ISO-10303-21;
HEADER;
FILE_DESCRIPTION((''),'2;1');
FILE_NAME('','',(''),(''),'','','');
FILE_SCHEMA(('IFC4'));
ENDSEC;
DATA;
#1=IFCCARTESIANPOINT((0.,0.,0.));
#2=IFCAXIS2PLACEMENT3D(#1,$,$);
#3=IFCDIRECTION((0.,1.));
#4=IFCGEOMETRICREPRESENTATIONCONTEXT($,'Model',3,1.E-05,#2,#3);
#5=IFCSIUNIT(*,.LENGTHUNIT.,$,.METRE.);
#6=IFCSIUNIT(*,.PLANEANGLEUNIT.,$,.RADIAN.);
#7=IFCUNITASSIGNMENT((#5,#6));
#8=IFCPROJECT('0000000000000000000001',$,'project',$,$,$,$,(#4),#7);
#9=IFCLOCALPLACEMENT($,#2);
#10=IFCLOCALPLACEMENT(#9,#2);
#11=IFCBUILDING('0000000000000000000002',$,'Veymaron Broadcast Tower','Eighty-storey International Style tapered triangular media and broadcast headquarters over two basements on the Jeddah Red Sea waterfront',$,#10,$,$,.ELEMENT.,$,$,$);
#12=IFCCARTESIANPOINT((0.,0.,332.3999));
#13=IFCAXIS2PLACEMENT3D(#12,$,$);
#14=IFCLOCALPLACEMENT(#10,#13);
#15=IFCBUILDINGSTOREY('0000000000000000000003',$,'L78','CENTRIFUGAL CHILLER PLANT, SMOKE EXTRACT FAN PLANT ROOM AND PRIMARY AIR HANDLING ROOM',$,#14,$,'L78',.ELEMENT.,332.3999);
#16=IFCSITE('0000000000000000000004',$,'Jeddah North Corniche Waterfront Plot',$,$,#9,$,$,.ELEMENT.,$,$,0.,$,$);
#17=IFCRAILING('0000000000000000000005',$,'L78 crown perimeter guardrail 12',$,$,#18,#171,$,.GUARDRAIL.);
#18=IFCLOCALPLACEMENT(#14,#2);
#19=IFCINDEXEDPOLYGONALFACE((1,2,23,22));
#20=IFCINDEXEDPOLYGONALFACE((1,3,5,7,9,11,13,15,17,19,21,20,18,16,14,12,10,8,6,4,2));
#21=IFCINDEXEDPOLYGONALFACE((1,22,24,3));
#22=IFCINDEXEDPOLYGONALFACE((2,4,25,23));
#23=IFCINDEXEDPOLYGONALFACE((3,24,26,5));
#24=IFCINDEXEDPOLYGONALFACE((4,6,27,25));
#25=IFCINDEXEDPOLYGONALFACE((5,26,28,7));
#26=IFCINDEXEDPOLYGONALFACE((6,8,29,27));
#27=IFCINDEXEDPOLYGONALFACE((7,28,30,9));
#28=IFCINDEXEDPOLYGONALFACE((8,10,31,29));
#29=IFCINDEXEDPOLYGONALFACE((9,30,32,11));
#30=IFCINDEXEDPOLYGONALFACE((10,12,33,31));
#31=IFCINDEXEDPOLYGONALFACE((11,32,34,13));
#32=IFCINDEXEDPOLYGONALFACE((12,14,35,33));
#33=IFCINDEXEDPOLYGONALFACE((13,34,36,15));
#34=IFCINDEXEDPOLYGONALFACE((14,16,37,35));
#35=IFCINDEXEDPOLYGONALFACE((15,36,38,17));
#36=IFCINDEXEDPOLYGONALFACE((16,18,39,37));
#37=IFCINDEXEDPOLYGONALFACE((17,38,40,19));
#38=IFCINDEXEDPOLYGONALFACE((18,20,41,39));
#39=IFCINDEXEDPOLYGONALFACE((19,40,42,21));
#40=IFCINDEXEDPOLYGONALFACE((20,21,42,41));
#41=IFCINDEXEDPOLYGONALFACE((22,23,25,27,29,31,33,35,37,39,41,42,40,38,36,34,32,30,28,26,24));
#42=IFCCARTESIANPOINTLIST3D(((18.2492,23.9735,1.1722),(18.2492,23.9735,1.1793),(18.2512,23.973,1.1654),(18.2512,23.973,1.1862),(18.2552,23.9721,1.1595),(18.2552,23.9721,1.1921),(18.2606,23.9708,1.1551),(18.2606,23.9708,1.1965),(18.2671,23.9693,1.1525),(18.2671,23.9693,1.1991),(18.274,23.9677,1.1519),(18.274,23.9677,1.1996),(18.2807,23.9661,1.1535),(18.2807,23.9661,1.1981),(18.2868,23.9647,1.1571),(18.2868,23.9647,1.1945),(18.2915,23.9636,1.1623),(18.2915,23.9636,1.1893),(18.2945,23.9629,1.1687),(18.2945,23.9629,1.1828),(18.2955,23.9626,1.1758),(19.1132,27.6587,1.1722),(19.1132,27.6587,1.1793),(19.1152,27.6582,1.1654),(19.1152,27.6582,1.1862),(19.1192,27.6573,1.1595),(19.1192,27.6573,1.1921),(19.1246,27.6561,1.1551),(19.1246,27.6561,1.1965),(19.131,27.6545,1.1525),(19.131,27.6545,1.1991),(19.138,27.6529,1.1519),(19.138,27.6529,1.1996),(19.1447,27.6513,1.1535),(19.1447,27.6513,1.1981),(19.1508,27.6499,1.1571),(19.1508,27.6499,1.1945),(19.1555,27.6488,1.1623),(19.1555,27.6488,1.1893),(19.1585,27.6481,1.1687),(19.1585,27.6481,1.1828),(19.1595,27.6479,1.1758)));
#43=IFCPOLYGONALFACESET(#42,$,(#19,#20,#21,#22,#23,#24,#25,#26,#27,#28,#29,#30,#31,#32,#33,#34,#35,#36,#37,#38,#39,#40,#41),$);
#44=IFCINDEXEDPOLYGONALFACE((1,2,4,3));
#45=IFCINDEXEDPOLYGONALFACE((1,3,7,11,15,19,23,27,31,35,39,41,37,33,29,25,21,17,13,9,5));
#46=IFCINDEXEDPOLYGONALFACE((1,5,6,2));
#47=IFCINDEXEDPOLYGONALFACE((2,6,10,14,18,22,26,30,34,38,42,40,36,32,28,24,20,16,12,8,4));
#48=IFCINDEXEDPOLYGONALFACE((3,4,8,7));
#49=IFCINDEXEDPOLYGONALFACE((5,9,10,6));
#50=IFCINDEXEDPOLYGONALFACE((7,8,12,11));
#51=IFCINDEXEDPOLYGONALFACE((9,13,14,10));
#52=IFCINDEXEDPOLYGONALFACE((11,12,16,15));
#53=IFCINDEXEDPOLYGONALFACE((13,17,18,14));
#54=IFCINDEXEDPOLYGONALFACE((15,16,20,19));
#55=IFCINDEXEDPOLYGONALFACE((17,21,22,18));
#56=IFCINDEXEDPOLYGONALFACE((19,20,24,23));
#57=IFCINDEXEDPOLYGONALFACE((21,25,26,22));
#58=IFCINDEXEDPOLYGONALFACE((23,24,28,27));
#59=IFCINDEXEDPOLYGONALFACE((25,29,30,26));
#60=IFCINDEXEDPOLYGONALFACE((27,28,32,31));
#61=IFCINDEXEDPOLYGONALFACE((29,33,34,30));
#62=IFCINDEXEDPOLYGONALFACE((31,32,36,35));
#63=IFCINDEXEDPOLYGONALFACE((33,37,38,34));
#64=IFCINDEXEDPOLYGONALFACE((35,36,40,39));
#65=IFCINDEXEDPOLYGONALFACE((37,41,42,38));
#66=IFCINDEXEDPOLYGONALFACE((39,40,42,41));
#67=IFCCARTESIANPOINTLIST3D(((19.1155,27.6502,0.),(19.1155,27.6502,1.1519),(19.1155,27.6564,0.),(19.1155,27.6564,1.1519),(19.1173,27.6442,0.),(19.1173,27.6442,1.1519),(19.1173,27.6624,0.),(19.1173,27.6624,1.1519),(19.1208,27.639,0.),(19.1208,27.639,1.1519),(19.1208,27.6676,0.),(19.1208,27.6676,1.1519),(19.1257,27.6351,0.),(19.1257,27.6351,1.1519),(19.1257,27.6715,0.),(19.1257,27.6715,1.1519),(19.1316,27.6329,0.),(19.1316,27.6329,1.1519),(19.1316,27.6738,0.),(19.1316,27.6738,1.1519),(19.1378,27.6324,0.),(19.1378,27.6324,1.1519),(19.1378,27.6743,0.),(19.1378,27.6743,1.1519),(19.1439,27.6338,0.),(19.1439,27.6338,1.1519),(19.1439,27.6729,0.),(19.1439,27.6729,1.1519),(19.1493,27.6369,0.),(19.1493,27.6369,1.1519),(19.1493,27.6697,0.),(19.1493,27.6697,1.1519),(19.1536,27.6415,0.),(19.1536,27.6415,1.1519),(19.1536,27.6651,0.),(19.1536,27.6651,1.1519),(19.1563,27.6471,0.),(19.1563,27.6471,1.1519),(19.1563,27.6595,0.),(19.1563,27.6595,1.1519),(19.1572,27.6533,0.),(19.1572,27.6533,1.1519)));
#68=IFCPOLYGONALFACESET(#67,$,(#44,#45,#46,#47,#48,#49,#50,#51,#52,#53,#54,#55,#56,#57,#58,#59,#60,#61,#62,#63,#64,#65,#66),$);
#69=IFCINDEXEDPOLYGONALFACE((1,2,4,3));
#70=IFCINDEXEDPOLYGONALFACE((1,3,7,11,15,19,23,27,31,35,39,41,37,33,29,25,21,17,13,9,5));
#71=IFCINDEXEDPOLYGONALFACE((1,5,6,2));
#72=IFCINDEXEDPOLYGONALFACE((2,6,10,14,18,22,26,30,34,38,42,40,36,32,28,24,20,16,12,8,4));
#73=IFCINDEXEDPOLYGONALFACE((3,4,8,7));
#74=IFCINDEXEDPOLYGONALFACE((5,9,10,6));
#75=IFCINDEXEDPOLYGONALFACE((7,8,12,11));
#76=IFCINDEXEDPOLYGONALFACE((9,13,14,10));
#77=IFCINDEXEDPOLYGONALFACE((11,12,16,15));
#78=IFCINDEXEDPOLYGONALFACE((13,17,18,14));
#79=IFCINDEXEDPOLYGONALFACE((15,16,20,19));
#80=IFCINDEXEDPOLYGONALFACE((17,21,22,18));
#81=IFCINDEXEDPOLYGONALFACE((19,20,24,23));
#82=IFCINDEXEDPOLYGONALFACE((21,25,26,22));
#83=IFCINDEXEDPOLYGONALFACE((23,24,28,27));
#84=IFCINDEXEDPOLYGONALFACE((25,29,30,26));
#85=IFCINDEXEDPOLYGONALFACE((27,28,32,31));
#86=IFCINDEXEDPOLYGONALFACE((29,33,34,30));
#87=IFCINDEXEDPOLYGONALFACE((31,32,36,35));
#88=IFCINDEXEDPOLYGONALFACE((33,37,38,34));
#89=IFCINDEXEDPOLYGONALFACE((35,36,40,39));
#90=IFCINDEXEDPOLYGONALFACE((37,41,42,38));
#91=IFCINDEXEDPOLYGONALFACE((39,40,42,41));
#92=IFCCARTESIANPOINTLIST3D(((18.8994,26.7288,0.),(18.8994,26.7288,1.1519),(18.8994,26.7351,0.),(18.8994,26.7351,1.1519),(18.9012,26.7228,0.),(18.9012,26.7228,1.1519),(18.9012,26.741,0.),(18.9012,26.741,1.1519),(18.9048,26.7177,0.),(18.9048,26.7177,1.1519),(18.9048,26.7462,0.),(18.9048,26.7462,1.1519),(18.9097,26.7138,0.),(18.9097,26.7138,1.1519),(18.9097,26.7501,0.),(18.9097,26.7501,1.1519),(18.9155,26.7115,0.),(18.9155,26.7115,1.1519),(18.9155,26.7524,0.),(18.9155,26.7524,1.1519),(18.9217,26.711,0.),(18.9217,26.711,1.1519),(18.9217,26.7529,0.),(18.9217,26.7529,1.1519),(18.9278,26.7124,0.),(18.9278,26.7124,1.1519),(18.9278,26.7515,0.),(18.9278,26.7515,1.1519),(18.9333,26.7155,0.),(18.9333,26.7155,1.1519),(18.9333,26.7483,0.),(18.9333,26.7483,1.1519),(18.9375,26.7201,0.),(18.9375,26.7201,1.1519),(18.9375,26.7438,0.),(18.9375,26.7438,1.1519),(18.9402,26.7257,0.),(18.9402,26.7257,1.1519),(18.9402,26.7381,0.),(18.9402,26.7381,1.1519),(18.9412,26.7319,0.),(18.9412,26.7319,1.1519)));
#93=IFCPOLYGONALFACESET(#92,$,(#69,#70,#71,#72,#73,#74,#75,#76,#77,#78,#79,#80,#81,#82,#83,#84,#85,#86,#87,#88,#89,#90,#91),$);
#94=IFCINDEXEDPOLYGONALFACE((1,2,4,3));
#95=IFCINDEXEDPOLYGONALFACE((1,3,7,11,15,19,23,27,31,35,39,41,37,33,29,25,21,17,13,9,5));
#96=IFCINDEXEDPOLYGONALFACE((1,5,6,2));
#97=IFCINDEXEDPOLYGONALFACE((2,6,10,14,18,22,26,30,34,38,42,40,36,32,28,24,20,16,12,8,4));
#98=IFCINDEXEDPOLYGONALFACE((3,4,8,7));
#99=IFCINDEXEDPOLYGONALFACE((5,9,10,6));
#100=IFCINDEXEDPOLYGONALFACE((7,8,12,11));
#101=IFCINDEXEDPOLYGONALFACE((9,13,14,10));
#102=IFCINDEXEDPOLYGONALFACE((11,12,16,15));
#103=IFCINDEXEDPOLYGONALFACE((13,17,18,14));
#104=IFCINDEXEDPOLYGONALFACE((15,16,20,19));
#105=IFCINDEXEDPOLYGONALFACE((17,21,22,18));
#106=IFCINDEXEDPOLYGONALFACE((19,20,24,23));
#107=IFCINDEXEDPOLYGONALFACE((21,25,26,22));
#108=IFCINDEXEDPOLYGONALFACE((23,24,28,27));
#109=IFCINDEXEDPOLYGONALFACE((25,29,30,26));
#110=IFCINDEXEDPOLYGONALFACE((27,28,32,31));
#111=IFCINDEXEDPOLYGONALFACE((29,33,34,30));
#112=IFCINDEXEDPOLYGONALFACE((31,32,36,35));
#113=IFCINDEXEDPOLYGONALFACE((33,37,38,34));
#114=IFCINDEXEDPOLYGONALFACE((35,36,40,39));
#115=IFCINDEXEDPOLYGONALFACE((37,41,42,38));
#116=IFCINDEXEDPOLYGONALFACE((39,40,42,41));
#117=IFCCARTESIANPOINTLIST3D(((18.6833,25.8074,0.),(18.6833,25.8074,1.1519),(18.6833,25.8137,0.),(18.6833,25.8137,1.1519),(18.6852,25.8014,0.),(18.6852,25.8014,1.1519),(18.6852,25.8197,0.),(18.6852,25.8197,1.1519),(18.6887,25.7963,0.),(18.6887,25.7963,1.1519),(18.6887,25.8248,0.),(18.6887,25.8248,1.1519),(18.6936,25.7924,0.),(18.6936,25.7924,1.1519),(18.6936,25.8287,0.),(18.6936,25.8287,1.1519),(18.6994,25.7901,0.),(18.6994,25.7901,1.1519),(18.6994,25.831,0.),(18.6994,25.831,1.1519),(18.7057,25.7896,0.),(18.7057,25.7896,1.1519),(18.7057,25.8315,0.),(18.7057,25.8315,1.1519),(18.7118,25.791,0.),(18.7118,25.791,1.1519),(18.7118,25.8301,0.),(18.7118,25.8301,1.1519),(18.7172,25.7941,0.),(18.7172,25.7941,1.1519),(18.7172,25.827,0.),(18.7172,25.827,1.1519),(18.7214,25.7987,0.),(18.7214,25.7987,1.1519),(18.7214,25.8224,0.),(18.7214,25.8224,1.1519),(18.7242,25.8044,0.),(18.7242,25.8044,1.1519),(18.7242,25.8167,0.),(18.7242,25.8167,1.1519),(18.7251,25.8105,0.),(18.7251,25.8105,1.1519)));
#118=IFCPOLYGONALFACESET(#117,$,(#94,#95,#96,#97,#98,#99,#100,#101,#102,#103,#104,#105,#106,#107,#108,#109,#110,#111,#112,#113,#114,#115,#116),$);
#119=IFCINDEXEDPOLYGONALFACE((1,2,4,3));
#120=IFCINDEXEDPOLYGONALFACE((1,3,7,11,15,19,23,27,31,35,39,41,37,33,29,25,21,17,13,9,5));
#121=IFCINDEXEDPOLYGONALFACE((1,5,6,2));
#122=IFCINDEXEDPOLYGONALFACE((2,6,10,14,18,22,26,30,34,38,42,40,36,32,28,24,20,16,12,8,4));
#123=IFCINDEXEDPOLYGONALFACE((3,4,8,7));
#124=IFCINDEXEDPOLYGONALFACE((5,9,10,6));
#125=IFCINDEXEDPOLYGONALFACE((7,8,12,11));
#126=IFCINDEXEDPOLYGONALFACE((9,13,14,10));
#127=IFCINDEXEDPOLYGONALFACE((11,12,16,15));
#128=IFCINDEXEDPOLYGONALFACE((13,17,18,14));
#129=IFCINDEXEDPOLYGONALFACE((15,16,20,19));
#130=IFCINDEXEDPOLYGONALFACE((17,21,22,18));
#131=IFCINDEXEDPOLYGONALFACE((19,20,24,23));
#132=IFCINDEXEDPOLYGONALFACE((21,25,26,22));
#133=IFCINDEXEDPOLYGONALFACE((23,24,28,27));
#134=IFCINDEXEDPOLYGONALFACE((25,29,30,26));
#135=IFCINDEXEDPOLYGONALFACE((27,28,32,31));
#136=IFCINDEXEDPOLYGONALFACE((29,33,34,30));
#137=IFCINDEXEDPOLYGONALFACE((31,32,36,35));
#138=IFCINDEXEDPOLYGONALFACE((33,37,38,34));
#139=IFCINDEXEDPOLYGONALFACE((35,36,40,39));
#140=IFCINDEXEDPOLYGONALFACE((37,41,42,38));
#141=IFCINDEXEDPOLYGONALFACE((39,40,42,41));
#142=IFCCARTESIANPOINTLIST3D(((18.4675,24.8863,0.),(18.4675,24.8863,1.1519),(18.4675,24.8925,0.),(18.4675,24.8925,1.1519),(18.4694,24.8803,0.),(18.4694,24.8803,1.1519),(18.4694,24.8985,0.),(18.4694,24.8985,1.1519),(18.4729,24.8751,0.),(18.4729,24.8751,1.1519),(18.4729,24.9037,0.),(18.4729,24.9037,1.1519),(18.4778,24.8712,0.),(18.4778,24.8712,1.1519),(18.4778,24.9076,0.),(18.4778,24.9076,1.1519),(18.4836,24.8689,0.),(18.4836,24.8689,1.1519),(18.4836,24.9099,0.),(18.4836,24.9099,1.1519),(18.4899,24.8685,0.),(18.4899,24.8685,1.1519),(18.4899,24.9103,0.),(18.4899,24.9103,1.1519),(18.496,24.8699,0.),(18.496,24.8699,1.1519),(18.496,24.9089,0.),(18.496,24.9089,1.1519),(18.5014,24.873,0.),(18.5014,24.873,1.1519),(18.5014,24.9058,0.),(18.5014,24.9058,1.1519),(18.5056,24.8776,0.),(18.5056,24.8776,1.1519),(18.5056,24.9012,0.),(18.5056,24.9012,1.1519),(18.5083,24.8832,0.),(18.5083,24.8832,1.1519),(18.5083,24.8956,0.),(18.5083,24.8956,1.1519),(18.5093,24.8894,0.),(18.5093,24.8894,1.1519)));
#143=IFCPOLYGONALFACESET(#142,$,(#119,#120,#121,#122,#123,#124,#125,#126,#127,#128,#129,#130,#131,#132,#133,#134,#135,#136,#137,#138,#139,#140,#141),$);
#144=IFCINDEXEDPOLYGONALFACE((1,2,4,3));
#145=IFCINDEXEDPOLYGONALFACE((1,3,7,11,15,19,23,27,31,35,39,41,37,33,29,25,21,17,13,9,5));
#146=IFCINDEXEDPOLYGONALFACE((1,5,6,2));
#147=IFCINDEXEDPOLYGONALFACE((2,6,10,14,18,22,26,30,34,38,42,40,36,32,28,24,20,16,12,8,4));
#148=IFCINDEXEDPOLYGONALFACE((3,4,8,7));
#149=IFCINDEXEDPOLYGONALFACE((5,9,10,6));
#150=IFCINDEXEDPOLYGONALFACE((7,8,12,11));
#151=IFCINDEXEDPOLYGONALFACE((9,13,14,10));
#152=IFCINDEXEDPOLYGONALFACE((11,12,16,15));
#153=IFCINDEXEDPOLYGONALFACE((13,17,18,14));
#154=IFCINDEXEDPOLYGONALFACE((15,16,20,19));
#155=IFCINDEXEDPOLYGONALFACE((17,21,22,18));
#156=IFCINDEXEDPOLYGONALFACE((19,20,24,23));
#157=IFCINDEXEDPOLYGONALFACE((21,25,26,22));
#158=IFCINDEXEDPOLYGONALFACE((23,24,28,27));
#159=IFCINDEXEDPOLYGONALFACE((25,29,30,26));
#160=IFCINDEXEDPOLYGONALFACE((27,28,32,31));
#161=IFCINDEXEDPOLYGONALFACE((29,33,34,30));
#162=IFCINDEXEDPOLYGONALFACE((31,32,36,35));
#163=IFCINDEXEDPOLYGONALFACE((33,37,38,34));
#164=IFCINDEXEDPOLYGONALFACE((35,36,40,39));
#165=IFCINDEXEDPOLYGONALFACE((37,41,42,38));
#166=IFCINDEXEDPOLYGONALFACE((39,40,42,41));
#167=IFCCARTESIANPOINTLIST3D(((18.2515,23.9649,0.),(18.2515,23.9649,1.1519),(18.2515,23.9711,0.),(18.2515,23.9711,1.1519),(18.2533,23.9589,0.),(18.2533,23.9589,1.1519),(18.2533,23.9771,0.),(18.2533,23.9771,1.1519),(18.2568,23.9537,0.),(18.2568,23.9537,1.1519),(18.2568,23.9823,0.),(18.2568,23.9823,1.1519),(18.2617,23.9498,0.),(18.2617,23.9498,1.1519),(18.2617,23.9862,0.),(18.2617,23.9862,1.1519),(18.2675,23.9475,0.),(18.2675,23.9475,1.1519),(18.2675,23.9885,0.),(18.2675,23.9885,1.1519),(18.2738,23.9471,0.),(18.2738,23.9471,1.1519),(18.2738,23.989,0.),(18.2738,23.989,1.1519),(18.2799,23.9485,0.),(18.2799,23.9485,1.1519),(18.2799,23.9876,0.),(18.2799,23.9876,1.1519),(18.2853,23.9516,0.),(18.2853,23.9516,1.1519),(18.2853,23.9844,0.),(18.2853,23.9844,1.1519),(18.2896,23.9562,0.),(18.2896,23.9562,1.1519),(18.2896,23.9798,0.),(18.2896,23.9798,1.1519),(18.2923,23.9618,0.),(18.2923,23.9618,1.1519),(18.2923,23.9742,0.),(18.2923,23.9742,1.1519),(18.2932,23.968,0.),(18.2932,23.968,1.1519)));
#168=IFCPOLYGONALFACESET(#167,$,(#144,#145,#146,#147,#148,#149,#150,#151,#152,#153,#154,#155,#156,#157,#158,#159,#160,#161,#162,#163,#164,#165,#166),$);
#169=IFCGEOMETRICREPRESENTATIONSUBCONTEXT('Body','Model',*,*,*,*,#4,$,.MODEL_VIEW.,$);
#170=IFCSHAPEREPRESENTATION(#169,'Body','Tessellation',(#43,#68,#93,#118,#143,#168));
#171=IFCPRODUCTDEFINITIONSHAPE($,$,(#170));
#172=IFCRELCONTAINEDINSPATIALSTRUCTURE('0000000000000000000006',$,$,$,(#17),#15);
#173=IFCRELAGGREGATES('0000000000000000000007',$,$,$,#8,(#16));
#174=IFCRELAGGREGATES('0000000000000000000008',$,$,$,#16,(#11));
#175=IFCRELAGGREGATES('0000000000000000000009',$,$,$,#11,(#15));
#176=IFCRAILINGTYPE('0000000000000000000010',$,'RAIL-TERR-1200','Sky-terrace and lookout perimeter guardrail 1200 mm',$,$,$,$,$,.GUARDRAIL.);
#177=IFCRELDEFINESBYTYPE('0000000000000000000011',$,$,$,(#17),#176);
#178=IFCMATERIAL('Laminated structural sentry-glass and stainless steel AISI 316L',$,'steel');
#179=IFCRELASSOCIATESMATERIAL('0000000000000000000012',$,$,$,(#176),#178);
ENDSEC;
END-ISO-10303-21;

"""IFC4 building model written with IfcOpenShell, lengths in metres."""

from ifc_helpers import new_model, si_unit, direction, frame, origin, origin_2d, place, context, subcontext, project, spatial, circle, extrude, material, type_object, element, save


model = new_model("IFC4")

# Units and contexts
model_context = context("Model", 3, precision=1e-05, world=origin(), true_north=direction((0.0, 1.0)))
body_context = subcontext(model_context, "Body", "Model", "MODEL_VIEW")
ifc_project = project(units=[si_unit("LENGTHUNIT", "METRE"), si_unit("PLANEANGLEUNIT", "RADIAN")], contexts=[model_context])

# Site, building, storey
site_placement = place(None, origin())
site = spatial("IfcSite", under=ifc_project, at=site_placement, Name="Jeddah North Corniche Waterfront Plot", CompositionType="ELEMENT", RefElevation=0.0)
building_placement = place(site_placement, origin())
building = spatial("IfcBuilding", under=site, at=building_placement, Name="Veymaron Broadcast Tower", Description="Eighty-storey International Style tapered triangular media and broadcast headquarters over two basements on the Jeddah Red Sea waterfront", CompositionType="ELEMENT")
storey_placement = place(building_placement, frame((0.0, 0.0, 332.3999)))
storey = spatial("IfcBuildingStorey", under=building, at=storey_placement, Name="L78", Description="CENTRIFUGAL CHILLER PLANT, SMOKE EXTRACT FAN PLANT ROOM AND PRIMARY AIR HANDLING ROOM", LongName="L78", CompositionType="ELEMENT", Elevation=332.3999)

# Railing
ifc_material_1 = material(Name="Laminated structural sentry-glass and stainless steel AISI 316L", Category="steel")
railing_type = type_object("IfcRailingType", Name="RAIL-TERR-1200", Description="Sky-terrace and lookout perimeter guardrail 1200 mm", PredefinedType="GUARDRAIL", material=ifc_material_1)
railing_1_placement = place(storey_placement, frame((19.1362, 27.6533, 0.0)))
element("IfcRailing", 1, at=railing_1_placement, inside=storey, type_object=railing_type, Name="L78 crown perimeter guardrail 12", PredefinedType="GUARDRAIL", context=body_context, shape_type="SweptSolid", body=[
    extrude(circle(Radius=0.0239, at=origin_2d()), frame((0.0, 0.0, 1.1758), z_axis=(-0.228259, -0.9736, 0.0), x_axis=(0.9736, -0.228259, 0.0)), (0.0, 0.0, 1.0), 3.7852),
    extrude(circle(Radius=0.021, at=origin_2d()), origin(), (0.0, 0.0, 1.0), 1.1519),
    extrude(circle(Radius=0.021, at=origin_2d()), frame((-0.2161, -0.9214, 0.0)), (0.0, 0.0, 1.0), 1.1519),
    extrude(circle(Radius=0.021, at=origin_2d()), frame((-0.4321, -1.8428, 0.0)), (0.0, 0.0, 1.0), 1.1519),
    extrude(circle(Radius=0.021, at=origin_2d()), frame((-0.6479, -2.7639, 0.0)), (0.0, 0.0, 1.0), 1.1519),
    extrude(circle(Radius=0.021, at=origin_2d()), frame((-0.864, -3.6853, 0.0)), (0.0, 0.0, 1.0), 1.1519),
])

save(model, "model.ifc")
